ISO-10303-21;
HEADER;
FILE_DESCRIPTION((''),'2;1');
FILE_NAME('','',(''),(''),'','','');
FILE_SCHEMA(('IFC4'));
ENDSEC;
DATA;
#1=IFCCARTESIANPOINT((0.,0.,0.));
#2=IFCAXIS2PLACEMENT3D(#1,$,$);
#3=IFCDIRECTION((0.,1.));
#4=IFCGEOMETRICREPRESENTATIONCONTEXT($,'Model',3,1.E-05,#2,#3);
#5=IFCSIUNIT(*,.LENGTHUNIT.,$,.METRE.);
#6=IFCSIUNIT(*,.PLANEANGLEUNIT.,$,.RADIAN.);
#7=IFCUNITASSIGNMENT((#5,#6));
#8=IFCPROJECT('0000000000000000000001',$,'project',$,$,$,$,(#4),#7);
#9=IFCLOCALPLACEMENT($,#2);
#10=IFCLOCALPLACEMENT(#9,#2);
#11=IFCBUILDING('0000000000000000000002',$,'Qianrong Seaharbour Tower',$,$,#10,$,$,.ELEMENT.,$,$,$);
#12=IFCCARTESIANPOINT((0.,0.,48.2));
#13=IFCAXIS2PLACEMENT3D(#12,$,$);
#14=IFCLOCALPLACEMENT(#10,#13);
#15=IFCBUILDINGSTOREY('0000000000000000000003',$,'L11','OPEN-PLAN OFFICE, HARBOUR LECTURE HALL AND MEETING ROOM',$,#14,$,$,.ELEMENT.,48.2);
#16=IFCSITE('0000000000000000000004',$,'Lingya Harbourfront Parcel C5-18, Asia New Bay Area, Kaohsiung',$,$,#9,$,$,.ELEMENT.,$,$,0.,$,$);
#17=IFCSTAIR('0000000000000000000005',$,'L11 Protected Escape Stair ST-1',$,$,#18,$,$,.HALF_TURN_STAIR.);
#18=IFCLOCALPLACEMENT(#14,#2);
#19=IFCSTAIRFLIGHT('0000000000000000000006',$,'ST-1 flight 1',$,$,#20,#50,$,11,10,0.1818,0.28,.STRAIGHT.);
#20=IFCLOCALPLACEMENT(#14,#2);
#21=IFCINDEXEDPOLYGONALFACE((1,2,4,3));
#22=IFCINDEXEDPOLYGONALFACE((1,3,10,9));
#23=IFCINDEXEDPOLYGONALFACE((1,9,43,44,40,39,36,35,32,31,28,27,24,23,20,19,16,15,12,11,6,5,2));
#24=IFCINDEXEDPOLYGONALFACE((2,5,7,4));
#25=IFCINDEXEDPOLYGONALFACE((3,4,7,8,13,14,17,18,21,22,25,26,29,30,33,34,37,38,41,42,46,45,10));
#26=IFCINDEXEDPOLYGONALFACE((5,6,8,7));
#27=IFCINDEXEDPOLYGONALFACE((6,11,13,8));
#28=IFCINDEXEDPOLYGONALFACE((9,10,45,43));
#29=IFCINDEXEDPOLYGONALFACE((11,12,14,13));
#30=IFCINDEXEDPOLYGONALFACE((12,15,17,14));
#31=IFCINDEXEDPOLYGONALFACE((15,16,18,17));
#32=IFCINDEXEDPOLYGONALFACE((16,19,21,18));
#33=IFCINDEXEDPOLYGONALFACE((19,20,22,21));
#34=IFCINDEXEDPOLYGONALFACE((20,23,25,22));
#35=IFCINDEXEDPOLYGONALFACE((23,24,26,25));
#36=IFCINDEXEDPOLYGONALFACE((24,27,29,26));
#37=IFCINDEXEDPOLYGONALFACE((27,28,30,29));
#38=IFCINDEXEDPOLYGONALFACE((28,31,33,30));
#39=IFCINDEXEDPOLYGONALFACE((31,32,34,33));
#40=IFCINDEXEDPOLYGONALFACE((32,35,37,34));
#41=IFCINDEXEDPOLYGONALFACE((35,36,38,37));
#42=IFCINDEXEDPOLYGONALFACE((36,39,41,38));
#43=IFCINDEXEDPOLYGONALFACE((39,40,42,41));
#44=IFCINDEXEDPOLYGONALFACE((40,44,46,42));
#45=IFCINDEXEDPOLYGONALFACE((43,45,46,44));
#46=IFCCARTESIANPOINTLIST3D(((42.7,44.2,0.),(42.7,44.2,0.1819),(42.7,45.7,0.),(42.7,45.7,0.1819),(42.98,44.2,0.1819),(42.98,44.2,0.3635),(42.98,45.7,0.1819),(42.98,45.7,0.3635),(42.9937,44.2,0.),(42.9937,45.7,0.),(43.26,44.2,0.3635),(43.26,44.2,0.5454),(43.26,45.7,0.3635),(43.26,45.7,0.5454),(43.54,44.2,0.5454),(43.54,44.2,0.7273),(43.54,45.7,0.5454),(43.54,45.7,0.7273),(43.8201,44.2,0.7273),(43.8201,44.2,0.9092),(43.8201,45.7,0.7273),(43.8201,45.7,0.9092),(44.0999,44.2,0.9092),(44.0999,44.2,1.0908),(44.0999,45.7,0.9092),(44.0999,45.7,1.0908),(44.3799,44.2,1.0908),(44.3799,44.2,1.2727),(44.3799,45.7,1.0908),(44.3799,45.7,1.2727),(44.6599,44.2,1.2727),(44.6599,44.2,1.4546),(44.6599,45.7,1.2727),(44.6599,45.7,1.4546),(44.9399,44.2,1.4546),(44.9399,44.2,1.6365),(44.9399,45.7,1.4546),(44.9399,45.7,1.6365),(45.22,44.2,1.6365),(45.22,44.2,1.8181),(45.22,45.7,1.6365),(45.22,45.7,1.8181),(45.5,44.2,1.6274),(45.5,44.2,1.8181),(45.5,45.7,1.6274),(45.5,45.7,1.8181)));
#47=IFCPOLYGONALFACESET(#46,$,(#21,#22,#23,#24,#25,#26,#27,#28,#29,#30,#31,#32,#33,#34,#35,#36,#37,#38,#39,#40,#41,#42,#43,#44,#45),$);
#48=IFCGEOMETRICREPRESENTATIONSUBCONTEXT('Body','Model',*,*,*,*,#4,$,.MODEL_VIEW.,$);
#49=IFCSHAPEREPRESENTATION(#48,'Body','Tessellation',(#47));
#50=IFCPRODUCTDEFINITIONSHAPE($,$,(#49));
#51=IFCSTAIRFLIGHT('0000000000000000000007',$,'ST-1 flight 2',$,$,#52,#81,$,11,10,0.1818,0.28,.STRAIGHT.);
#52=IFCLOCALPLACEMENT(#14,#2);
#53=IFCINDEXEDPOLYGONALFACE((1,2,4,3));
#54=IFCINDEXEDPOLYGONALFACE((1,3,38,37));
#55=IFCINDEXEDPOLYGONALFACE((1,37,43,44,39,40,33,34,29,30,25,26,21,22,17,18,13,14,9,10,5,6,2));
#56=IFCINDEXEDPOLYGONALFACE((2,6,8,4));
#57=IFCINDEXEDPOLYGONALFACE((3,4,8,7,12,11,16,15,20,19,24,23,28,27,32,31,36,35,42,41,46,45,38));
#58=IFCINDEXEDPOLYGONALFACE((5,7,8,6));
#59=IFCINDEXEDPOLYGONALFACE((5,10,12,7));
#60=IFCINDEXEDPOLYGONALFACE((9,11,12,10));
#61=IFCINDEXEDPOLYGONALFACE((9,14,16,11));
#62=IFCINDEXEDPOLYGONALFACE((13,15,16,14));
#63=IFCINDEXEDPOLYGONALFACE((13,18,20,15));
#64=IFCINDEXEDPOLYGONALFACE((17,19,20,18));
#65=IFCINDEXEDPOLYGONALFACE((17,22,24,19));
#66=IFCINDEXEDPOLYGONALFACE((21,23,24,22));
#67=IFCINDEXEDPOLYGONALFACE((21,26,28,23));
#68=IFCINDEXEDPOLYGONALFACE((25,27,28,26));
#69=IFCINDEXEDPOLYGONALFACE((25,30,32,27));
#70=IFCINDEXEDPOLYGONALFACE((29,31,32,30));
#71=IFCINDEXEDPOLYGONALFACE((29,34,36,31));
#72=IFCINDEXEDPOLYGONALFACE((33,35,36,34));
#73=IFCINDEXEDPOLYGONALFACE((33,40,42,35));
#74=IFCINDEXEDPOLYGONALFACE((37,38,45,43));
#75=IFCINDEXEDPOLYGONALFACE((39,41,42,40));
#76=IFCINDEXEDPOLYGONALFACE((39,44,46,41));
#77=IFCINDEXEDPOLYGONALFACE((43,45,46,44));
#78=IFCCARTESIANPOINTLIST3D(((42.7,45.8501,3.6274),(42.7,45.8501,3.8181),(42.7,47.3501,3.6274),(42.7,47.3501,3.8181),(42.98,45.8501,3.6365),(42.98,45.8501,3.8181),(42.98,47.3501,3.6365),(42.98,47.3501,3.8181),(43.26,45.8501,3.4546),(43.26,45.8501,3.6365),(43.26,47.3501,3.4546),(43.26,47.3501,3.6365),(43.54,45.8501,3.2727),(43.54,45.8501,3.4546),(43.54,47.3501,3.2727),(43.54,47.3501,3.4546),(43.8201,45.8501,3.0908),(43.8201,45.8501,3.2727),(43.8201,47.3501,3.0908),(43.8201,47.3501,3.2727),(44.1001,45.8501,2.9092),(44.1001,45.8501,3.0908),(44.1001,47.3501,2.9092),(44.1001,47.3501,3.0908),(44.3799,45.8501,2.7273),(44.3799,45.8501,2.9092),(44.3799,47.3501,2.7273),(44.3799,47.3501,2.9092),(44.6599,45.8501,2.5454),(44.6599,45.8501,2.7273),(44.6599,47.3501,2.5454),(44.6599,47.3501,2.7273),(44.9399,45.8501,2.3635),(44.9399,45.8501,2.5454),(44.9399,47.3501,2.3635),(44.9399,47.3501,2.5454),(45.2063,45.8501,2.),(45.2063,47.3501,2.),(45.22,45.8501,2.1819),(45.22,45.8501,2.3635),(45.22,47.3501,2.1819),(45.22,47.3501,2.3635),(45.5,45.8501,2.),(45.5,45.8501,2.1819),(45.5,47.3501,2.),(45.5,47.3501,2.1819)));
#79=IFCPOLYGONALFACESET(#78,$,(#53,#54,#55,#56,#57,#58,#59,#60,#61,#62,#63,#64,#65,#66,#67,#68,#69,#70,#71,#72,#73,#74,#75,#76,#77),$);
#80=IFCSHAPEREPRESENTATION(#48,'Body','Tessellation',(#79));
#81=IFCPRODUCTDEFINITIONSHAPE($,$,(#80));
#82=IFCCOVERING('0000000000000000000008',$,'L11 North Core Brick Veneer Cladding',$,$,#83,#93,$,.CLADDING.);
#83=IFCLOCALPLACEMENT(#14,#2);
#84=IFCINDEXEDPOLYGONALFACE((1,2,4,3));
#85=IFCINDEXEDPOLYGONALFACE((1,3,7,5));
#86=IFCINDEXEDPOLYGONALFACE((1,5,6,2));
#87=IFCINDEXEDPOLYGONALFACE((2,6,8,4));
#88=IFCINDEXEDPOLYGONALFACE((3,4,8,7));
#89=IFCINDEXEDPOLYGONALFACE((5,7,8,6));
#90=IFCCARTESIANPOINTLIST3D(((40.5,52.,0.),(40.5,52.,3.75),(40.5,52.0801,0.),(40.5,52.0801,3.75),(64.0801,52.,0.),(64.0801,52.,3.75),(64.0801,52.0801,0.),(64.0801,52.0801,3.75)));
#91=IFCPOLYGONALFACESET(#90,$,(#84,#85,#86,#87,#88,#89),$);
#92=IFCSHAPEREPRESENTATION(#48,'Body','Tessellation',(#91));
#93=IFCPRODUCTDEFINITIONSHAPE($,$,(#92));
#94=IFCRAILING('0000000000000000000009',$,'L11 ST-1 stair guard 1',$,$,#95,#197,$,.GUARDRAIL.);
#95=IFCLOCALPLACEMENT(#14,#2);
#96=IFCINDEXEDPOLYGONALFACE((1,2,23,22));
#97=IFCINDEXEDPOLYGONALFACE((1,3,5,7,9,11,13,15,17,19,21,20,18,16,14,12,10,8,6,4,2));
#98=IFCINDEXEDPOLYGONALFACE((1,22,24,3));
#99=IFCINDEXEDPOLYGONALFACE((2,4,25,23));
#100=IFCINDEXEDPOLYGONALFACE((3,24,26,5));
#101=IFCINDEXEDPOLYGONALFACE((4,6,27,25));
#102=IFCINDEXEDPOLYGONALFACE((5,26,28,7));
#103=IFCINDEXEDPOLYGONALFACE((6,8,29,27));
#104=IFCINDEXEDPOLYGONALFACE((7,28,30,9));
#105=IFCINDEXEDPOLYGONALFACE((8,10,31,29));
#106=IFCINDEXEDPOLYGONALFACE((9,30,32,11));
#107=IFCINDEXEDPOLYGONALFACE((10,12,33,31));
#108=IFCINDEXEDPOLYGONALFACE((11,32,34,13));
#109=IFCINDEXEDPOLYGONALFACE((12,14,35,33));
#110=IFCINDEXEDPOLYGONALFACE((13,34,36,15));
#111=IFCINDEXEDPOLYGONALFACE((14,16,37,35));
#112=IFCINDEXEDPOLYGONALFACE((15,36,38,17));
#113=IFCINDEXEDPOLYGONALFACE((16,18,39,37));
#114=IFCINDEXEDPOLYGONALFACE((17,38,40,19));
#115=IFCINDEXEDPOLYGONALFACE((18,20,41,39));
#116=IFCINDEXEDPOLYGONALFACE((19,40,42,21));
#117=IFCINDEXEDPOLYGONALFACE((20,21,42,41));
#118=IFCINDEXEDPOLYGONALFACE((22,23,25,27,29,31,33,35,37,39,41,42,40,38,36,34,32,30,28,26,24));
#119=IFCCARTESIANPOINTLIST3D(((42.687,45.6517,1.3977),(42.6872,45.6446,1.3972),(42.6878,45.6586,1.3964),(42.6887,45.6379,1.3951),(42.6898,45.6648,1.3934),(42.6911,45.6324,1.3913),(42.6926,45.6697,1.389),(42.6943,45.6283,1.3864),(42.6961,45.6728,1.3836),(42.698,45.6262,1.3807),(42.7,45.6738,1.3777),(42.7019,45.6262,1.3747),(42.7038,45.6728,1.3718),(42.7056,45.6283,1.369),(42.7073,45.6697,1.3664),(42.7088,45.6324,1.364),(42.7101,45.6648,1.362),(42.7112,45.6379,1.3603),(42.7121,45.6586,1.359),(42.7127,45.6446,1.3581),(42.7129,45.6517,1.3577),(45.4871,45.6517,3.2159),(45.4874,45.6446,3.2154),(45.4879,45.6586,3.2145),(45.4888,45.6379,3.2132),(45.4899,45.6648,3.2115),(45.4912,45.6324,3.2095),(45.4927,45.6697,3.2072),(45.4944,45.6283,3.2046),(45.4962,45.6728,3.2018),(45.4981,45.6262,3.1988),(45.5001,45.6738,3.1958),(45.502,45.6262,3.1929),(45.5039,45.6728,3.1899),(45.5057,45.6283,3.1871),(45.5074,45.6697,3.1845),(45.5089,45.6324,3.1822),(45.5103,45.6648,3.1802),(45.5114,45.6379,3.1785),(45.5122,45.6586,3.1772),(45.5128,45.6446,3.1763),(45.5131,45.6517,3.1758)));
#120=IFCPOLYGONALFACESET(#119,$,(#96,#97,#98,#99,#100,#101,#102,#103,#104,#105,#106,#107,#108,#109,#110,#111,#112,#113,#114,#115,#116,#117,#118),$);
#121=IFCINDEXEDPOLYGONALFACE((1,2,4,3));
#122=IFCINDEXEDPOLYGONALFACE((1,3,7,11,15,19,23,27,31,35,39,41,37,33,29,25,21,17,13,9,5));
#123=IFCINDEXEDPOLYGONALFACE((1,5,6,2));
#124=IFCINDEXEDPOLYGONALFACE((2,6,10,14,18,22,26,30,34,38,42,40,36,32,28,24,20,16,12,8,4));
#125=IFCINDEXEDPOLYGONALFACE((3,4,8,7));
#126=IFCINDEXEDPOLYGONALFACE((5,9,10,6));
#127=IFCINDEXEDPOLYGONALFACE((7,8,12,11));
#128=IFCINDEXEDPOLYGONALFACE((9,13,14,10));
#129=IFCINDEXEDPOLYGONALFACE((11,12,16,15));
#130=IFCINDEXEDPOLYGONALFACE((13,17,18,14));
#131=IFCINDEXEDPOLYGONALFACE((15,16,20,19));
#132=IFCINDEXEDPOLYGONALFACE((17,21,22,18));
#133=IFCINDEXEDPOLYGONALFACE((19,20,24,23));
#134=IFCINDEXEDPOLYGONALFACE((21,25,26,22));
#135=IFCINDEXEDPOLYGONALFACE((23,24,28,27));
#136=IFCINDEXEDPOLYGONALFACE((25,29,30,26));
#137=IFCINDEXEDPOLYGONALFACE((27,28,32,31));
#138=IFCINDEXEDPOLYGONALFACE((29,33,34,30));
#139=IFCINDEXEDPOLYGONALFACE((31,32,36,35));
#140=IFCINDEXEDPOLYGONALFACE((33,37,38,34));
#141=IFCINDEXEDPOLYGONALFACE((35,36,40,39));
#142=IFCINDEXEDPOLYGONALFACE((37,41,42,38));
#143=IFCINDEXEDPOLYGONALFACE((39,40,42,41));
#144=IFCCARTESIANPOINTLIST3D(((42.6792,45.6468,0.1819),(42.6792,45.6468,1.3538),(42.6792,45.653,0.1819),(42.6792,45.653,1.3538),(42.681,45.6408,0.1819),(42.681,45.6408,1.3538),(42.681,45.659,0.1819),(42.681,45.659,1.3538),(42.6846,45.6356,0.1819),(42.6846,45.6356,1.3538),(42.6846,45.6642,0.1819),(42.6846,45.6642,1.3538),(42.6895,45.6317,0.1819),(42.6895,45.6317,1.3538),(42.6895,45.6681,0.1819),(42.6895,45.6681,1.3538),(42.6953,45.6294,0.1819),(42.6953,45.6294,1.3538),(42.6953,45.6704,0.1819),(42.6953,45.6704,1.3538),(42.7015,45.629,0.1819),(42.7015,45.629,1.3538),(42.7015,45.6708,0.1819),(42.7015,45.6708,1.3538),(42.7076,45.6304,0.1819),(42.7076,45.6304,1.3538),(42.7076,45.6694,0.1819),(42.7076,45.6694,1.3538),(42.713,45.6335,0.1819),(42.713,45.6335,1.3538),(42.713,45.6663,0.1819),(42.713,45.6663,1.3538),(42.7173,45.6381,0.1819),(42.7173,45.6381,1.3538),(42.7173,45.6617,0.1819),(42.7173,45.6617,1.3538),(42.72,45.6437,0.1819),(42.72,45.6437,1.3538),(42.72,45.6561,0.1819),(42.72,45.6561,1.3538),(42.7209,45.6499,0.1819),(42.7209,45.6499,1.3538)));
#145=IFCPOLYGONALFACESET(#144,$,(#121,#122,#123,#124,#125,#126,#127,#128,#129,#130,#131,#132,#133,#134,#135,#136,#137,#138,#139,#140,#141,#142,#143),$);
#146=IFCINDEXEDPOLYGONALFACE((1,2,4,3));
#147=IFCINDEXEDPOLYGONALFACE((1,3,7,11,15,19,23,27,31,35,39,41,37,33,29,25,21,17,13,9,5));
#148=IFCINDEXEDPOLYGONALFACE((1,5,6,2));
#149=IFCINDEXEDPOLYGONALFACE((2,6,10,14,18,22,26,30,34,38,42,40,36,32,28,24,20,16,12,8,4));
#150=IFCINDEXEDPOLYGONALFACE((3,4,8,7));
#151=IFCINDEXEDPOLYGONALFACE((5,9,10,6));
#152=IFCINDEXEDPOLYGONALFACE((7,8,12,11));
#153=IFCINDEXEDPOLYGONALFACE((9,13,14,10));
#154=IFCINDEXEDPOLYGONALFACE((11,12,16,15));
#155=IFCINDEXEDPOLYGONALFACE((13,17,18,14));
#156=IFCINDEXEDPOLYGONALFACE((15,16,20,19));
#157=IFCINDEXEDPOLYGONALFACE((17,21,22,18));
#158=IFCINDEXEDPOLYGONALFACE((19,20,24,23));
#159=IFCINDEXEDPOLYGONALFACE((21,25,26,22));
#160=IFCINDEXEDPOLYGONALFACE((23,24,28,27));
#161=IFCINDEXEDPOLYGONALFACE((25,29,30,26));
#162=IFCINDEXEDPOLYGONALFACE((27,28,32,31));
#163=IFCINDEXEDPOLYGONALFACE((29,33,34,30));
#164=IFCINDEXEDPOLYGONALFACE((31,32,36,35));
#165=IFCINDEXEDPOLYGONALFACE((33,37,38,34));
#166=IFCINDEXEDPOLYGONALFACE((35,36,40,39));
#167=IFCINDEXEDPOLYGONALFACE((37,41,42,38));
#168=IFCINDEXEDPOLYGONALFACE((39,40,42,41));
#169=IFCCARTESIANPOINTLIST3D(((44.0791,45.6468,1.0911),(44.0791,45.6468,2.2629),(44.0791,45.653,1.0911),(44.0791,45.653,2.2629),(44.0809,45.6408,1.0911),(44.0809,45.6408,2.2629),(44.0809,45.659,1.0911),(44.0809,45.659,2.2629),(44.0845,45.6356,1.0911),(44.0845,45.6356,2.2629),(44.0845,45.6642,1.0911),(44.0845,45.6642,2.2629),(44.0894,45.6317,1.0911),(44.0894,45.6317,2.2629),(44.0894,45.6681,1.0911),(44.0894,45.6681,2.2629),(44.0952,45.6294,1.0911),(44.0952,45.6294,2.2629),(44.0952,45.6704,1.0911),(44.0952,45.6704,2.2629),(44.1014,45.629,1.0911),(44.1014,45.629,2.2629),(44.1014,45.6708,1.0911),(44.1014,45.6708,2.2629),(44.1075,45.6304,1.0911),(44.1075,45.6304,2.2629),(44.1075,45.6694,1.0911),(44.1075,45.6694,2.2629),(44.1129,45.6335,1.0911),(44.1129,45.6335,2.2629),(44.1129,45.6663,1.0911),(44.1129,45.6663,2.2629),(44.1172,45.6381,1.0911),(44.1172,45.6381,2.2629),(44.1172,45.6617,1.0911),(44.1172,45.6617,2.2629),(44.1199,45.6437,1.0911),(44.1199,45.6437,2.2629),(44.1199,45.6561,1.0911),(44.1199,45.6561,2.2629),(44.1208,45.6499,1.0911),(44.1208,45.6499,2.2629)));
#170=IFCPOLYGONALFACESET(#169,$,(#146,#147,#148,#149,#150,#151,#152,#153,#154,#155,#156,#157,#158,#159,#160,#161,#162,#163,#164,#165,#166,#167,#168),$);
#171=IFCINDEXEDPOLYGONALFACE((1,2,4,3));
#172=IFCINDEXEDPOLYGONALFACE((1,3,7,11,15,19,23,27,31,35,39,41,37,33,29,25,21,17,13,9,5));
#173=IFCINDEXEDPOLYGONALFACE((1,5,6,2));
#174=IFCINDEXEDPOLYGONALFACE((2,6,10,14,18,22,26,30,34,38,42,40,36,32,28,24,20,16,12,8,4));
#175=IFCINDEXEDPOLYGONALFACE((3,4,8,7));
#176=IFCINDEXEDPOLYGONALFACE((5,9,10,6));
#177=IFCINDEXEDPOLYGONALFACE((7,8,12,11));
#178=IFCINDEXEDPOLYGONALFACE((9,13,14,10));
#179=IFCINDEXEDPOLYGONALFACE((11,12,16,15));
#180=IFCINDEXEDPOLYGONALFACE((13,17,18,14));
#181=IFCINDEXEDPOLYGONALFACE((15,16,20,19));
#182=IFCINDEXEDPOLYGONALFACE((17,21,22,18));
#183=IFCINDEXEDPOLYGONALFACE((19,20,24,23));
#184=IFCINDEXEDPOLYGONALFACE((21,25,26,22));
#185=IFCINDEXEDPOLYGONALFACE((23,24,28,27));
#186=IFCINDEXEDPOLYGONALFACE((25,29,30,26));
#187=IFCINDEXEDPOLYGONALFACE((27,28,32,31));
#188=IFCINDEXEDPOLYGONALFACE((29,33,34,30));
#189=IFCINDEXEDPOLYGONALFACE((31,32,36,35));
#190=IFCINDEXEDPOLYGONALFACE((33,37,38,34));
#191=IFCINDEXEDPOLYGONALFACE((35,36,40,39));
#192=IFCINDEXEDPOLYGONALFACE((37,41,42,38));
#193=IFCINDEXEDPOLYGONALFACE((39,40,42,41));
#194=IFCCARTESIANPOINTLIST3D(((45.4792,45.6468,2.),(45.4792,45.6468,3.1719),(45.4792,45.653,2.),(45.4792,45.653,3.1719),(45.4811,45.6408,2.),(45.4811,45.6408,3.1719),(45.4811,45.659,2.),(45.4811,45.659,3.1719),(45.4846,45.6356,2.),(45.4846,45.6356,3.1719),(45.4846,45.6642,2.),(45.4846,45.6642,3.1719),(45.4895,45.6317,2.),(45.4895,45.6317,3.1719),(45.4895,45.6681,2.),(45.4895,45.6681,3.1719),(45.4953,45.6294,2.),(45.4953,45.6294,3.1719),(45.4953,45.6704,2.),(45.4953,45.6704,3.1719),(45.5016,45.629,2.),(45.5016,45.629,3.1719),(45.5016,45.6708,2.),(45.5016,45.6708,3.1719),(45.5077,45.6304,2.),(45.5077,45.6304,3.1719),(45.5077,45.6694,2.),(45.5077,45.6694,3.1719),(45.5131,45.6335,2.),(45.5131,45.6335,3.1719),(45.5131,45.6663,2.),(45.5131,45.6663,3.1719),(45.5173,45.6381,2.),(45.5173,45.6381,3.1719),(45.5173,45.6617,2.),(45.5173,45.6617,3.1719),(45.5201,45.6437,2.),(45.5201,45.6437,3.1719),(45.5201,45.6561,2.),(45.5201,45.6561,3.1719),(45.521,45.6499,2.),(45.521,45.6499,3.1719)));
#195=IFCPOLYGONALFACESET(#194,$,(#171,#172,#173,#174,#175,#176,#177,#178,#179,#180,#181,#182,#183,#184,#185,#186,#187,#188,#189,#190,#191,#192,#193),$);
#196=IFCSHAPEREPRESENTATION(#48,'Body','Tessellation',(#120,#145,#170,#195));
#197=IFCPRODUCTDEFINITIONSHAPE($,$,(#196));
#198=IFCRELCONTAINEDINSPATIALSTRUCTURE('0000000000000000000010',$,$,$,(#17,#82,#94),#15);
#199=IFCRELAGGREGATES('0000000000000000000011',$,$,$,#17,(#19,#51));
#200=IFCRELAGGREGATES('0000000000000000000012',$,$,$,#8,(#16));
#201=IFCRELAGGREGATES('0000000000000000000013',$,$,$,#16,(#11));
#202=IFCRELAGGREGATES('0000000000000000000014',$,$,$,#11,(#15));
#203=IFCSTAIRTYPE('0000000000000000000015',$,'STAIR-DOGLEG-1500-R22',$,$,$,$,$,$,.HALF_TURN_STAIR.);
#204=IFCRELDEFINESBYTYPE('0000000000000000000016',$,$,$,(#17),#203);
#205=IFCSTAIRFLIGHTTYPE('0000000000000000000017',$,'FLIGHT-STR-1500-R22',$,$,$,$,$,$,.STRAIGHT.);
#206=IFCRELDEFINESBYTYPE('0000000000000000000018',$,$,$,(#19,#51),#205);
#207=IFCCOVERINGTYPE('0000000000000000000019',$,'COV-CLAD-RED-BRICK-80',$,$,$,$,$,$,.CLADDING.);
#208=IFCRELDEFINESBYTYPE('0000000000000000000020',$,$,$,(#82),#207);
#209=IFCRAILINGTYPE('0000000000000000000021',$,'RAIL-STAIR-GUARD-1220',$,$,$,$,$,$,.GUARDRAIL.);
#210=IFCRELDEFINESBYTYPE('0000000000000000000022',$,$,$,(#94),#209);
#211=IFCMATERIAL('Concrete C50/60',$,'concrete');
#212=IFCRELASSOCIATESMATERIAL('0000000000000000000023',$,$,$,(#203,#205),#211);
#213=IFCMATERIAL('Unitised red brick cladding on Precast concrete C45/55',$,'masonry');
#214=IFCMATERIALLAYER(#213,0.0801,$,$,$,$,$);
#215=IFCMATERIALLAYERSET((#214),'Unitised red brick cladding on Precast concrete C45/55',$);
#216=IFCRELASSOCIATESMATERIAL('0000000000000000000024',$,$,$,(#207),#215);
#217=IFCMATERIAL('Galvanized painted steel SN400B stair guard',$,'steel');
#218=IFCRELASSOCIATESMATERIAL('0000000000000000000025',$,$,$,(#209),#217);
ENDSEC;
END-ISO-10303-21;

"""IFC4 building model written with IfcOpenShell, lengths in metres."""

from ifc_helpers import new_model, si_unit, direction, frame, origin, origin_2d, place, context, subcontext, project, spatial, polyline, rectangle, circle, outline, extrude, material, layer, layer_set, type_object, element, aggregate, save


model = new_model("IFC4")

# Units and contexts
model_context = context("Model", 3, precision=1e-05, world=origin(), true_north=direction((0.0, 1.0)))
body_context = subcontext(model_context, "Body", "Model", "MODEL_VIEW")
ifc_project = project(units=[si_unit("LENGTHUNIT", "METRE"), si_unit("PLANEANGLEUNIT", "RADIAN")], contexts=[model_context])

# Site, building, storey
site_placement = place(None, origin())
site = spatial("IfcSite", under=ifc_project, at=site_placement, Name="Lingya Harbourfront Parcel C5-18, Asia New Bay Area, Kaohsiung", CompositionType="ELEMENT", RefElevation=0.0)
building_placement = place(site_placement, origin())
building = spatial("IfcBuilding", under=site, at=building_placement, Name="Qianrong Seaharbour Tower", CompositionType="ELEMENT")
storey_placement = place(building_placement, frame((0.0, 0.0, 48.2)))
storey = spatial("IfcBuildingStorey", under=building, at=storey_placement, Name="L11", Description="OPEN-PLAN OFFICE, HARBOUR LECTURE HALL AND MEETING ROOM", CompositionType="ELEMENT", Elevation=48.2)

# Shared definitions
ifc_material_1 = material(Name="Concrete C50/60", Category="concrete")

# Stair, stair flights
stair_type = type_object("IfcStairType", Name="STAIR-DOGLEG-1500-R22", PredefinedType="HALF_TURN_STAIR", material=ifc_material_1)
stair_placement = place(storey_placement, origin())
stair = element("IfcStair", 1, at=stair_placement, inside=storey, type_object=stair_type, Name="L11 Protected Escape Stair ST-1", PredefinedType="HALF_TURN_STAIR")
stair_flight_type = type_object("IfcStairFlightType", Name="FLIGHT-STR-1500-R22", PredefinedType="STRAIGHT", material=ifc_material_1)
stair_flight_1_placement = place(storey_placement, frame((42.7, 44.95, 0.0), z_axis=(0.0, 0.0, 1.0), x_axis=(1.0, 0.0, 0.0)))
stair_flight_1 = element("IfcStairFlight", 2, at=stair_flight_1_placement, type_object=stair_flight_type, Name="ST-1 flight 1", NumberOfRisers=11, NumberOfTreads=10, PredefinedType="STRAIGHT", RiserHeight=0.1818, TreadLength=0.28, context=body_context, shape_type="SweptSolid", body=[
    extrude(outline(polyline([(0.0, 0.0), (0.0, 0.1819), (0.28, 0.1819), (0.28, 0.3635), (0.5601, 0.3635), (0.5601, 0.5454), (0.8401, 0.5454), (0.8401, 0.7273), (1.1201, 0.7273), (1.1201, 0.9092), (1.3999, 0.9092), (1.3999, 1.0908), (1.6799, 1.0908), (1.6799, 1.2727), (1.96, 1.2727), (1.96, 1.4546), (2.24, 1.4546), (2.24, 1.6365), (2.52, 1.6365), (2.52, 1.8181), (2.8, 1.8181), (2.8, 2.0), (2.8, 1.6274), (0.2937, 0.0), (0.0, 0.0)])), frame((0.0, 0.75, 0.0), z_axis=(0.0, -1.0, 0.0), x_axis=(1.0, 0.0, 0.0)), (0.0, 0.0, 1.0), 1.5),
])
stair_flight_2_placement = place(storey_placement, frame((45.5, 46.6001, 2.0), z_axis=(0.0, 0.0, 1.0), x_axis=(-1.0, 0.0, 0.0)))
stair_flight_2 = element("IfcStairFlight", 3, at=stair_flight_2_placement, type_object=stair_flight_type, Name="ST-1 flight 2", NumberOfRisers=11, NumberOfTreads=10, PredefinedType="STRAIGHT", RiserHeight=0.1818, TreadLength=0.28, context=body_context, shape_type="SweptSolid", body=[
    extrude(outline(polyline([(0.0, 0.0), (0.0, 0.1819), (0.28, 0.1819), (0.28, 0.3635), (0.5601, 0.3635), (0.5601, 0.5454), (0.8401, 0.5454), (0.8401, 0.7273), (1.1201, 0.7273), (1.1201, 0.9092), (1.3999, 0.9092), (1.3999, 1.0908), (1.6799, 1.0908), (1.6799, 1.2727), (1.96, 1.2727), (1.96, 1.4546), (2.24, 1.4546), (2.24, 1.6365), (2.52, 1.6365), (2.52, 1.8181), (2.8, 1.8181), (2.8, 2.0), (2.8, 1.6274), (0.2937, 0.0), (0.0, 0.0)])), frame((0.0, 0.75, 0.0), z_axis=(0.0, -1.0, 0.0), x_axis=(1.0, 0.0, 0.0)), (0.0, 0.0, 1.0), 1.5),
])
aggregate(stair, [stair_flight_1, stair_flight_2])

# Covering
ifc_material_2 = material(Name="Unitised red brick cladding on Precast concrete C45/55", Category="masonry")
ifc_layer_1 = layer(ifc_material_2, 0.0801)
ifc_layer_set_1 = layer_set([ifc_layer_1], Name="Unitised red brick cladding on Precast concrete C45/55")
covering_type = type_object("IfcCoveringType", Name="COV-CLAD-RED-BRICK-80", PredefinedType="CLADDING", material=ifc_layer_set_1)
covering_placement = place(storey_placement, frame((52.29, 52.04, 0.0), z_axis=(0.0, 0.0, 1.0), x_axis=(1.0, 0.0, 0.0)))
element("IfcCovering", 4, at=covering_placement, inside=storey, type_object=covering_type, Name="L11 North Core Brick Veneer Cladding", PredefinedType="CLADDING", context=body_context, shape_type="SweptSolid", body=[
    extrude(rectangle(XDim=23.5801, YDim=0.0801, at=origin_2d()), origin(), (0.0, 0.0, 1.0), 3.75),
])

# Railing
ifc_material_3 = material(Name="Galvanized painted steel SN400B stair guard", Category="steel")
railing_type_1 = type_object("IfcRailingType", Name="RAIL-STAIR-GUARD-1220", PredefinedType="GUARDRAIL", material=ifc_material_3)
railing_1_placement = place(storey_placement, frame((42.7, 45.6499, 0.1819)))
element("IfcRailing", 5, at=railing_1_placement, inside=storey, type_object=railing_type_1, Name="L11 ST-1 stair guard 1", PredefinedType="GUARDRAIL", context=body_context, shape_type="SweptSolid", body=[
    extrude(circle(Radius=0.0239, at=origin_2d()), frame((0.0, 0.0, 1.1958), z_axis=(0.838706, 0.0, 0.544585), x_axis=(0.0, 1.0, 0.0)), (0.0, 0.0, 1.0), 3.3386),
    extrude(circle(Radius=0.021, at=origin_2d()), origin(), (0.0, 0.0, 1.0), 1.1719),
    extrude(circle(Radius=0.021, at=origin_2d()), frame((1.3999, 0.0, 0.9092)), (0.0, 0.0, 1.0), 1.1719),
    extrude(circle(Radius=0.021, at=origin_2d()), frame((2.8, 0.0, 1.8181)), (0.0, 0.0, 1.0), 1.1719),
])

save(model, "model.ifc")
